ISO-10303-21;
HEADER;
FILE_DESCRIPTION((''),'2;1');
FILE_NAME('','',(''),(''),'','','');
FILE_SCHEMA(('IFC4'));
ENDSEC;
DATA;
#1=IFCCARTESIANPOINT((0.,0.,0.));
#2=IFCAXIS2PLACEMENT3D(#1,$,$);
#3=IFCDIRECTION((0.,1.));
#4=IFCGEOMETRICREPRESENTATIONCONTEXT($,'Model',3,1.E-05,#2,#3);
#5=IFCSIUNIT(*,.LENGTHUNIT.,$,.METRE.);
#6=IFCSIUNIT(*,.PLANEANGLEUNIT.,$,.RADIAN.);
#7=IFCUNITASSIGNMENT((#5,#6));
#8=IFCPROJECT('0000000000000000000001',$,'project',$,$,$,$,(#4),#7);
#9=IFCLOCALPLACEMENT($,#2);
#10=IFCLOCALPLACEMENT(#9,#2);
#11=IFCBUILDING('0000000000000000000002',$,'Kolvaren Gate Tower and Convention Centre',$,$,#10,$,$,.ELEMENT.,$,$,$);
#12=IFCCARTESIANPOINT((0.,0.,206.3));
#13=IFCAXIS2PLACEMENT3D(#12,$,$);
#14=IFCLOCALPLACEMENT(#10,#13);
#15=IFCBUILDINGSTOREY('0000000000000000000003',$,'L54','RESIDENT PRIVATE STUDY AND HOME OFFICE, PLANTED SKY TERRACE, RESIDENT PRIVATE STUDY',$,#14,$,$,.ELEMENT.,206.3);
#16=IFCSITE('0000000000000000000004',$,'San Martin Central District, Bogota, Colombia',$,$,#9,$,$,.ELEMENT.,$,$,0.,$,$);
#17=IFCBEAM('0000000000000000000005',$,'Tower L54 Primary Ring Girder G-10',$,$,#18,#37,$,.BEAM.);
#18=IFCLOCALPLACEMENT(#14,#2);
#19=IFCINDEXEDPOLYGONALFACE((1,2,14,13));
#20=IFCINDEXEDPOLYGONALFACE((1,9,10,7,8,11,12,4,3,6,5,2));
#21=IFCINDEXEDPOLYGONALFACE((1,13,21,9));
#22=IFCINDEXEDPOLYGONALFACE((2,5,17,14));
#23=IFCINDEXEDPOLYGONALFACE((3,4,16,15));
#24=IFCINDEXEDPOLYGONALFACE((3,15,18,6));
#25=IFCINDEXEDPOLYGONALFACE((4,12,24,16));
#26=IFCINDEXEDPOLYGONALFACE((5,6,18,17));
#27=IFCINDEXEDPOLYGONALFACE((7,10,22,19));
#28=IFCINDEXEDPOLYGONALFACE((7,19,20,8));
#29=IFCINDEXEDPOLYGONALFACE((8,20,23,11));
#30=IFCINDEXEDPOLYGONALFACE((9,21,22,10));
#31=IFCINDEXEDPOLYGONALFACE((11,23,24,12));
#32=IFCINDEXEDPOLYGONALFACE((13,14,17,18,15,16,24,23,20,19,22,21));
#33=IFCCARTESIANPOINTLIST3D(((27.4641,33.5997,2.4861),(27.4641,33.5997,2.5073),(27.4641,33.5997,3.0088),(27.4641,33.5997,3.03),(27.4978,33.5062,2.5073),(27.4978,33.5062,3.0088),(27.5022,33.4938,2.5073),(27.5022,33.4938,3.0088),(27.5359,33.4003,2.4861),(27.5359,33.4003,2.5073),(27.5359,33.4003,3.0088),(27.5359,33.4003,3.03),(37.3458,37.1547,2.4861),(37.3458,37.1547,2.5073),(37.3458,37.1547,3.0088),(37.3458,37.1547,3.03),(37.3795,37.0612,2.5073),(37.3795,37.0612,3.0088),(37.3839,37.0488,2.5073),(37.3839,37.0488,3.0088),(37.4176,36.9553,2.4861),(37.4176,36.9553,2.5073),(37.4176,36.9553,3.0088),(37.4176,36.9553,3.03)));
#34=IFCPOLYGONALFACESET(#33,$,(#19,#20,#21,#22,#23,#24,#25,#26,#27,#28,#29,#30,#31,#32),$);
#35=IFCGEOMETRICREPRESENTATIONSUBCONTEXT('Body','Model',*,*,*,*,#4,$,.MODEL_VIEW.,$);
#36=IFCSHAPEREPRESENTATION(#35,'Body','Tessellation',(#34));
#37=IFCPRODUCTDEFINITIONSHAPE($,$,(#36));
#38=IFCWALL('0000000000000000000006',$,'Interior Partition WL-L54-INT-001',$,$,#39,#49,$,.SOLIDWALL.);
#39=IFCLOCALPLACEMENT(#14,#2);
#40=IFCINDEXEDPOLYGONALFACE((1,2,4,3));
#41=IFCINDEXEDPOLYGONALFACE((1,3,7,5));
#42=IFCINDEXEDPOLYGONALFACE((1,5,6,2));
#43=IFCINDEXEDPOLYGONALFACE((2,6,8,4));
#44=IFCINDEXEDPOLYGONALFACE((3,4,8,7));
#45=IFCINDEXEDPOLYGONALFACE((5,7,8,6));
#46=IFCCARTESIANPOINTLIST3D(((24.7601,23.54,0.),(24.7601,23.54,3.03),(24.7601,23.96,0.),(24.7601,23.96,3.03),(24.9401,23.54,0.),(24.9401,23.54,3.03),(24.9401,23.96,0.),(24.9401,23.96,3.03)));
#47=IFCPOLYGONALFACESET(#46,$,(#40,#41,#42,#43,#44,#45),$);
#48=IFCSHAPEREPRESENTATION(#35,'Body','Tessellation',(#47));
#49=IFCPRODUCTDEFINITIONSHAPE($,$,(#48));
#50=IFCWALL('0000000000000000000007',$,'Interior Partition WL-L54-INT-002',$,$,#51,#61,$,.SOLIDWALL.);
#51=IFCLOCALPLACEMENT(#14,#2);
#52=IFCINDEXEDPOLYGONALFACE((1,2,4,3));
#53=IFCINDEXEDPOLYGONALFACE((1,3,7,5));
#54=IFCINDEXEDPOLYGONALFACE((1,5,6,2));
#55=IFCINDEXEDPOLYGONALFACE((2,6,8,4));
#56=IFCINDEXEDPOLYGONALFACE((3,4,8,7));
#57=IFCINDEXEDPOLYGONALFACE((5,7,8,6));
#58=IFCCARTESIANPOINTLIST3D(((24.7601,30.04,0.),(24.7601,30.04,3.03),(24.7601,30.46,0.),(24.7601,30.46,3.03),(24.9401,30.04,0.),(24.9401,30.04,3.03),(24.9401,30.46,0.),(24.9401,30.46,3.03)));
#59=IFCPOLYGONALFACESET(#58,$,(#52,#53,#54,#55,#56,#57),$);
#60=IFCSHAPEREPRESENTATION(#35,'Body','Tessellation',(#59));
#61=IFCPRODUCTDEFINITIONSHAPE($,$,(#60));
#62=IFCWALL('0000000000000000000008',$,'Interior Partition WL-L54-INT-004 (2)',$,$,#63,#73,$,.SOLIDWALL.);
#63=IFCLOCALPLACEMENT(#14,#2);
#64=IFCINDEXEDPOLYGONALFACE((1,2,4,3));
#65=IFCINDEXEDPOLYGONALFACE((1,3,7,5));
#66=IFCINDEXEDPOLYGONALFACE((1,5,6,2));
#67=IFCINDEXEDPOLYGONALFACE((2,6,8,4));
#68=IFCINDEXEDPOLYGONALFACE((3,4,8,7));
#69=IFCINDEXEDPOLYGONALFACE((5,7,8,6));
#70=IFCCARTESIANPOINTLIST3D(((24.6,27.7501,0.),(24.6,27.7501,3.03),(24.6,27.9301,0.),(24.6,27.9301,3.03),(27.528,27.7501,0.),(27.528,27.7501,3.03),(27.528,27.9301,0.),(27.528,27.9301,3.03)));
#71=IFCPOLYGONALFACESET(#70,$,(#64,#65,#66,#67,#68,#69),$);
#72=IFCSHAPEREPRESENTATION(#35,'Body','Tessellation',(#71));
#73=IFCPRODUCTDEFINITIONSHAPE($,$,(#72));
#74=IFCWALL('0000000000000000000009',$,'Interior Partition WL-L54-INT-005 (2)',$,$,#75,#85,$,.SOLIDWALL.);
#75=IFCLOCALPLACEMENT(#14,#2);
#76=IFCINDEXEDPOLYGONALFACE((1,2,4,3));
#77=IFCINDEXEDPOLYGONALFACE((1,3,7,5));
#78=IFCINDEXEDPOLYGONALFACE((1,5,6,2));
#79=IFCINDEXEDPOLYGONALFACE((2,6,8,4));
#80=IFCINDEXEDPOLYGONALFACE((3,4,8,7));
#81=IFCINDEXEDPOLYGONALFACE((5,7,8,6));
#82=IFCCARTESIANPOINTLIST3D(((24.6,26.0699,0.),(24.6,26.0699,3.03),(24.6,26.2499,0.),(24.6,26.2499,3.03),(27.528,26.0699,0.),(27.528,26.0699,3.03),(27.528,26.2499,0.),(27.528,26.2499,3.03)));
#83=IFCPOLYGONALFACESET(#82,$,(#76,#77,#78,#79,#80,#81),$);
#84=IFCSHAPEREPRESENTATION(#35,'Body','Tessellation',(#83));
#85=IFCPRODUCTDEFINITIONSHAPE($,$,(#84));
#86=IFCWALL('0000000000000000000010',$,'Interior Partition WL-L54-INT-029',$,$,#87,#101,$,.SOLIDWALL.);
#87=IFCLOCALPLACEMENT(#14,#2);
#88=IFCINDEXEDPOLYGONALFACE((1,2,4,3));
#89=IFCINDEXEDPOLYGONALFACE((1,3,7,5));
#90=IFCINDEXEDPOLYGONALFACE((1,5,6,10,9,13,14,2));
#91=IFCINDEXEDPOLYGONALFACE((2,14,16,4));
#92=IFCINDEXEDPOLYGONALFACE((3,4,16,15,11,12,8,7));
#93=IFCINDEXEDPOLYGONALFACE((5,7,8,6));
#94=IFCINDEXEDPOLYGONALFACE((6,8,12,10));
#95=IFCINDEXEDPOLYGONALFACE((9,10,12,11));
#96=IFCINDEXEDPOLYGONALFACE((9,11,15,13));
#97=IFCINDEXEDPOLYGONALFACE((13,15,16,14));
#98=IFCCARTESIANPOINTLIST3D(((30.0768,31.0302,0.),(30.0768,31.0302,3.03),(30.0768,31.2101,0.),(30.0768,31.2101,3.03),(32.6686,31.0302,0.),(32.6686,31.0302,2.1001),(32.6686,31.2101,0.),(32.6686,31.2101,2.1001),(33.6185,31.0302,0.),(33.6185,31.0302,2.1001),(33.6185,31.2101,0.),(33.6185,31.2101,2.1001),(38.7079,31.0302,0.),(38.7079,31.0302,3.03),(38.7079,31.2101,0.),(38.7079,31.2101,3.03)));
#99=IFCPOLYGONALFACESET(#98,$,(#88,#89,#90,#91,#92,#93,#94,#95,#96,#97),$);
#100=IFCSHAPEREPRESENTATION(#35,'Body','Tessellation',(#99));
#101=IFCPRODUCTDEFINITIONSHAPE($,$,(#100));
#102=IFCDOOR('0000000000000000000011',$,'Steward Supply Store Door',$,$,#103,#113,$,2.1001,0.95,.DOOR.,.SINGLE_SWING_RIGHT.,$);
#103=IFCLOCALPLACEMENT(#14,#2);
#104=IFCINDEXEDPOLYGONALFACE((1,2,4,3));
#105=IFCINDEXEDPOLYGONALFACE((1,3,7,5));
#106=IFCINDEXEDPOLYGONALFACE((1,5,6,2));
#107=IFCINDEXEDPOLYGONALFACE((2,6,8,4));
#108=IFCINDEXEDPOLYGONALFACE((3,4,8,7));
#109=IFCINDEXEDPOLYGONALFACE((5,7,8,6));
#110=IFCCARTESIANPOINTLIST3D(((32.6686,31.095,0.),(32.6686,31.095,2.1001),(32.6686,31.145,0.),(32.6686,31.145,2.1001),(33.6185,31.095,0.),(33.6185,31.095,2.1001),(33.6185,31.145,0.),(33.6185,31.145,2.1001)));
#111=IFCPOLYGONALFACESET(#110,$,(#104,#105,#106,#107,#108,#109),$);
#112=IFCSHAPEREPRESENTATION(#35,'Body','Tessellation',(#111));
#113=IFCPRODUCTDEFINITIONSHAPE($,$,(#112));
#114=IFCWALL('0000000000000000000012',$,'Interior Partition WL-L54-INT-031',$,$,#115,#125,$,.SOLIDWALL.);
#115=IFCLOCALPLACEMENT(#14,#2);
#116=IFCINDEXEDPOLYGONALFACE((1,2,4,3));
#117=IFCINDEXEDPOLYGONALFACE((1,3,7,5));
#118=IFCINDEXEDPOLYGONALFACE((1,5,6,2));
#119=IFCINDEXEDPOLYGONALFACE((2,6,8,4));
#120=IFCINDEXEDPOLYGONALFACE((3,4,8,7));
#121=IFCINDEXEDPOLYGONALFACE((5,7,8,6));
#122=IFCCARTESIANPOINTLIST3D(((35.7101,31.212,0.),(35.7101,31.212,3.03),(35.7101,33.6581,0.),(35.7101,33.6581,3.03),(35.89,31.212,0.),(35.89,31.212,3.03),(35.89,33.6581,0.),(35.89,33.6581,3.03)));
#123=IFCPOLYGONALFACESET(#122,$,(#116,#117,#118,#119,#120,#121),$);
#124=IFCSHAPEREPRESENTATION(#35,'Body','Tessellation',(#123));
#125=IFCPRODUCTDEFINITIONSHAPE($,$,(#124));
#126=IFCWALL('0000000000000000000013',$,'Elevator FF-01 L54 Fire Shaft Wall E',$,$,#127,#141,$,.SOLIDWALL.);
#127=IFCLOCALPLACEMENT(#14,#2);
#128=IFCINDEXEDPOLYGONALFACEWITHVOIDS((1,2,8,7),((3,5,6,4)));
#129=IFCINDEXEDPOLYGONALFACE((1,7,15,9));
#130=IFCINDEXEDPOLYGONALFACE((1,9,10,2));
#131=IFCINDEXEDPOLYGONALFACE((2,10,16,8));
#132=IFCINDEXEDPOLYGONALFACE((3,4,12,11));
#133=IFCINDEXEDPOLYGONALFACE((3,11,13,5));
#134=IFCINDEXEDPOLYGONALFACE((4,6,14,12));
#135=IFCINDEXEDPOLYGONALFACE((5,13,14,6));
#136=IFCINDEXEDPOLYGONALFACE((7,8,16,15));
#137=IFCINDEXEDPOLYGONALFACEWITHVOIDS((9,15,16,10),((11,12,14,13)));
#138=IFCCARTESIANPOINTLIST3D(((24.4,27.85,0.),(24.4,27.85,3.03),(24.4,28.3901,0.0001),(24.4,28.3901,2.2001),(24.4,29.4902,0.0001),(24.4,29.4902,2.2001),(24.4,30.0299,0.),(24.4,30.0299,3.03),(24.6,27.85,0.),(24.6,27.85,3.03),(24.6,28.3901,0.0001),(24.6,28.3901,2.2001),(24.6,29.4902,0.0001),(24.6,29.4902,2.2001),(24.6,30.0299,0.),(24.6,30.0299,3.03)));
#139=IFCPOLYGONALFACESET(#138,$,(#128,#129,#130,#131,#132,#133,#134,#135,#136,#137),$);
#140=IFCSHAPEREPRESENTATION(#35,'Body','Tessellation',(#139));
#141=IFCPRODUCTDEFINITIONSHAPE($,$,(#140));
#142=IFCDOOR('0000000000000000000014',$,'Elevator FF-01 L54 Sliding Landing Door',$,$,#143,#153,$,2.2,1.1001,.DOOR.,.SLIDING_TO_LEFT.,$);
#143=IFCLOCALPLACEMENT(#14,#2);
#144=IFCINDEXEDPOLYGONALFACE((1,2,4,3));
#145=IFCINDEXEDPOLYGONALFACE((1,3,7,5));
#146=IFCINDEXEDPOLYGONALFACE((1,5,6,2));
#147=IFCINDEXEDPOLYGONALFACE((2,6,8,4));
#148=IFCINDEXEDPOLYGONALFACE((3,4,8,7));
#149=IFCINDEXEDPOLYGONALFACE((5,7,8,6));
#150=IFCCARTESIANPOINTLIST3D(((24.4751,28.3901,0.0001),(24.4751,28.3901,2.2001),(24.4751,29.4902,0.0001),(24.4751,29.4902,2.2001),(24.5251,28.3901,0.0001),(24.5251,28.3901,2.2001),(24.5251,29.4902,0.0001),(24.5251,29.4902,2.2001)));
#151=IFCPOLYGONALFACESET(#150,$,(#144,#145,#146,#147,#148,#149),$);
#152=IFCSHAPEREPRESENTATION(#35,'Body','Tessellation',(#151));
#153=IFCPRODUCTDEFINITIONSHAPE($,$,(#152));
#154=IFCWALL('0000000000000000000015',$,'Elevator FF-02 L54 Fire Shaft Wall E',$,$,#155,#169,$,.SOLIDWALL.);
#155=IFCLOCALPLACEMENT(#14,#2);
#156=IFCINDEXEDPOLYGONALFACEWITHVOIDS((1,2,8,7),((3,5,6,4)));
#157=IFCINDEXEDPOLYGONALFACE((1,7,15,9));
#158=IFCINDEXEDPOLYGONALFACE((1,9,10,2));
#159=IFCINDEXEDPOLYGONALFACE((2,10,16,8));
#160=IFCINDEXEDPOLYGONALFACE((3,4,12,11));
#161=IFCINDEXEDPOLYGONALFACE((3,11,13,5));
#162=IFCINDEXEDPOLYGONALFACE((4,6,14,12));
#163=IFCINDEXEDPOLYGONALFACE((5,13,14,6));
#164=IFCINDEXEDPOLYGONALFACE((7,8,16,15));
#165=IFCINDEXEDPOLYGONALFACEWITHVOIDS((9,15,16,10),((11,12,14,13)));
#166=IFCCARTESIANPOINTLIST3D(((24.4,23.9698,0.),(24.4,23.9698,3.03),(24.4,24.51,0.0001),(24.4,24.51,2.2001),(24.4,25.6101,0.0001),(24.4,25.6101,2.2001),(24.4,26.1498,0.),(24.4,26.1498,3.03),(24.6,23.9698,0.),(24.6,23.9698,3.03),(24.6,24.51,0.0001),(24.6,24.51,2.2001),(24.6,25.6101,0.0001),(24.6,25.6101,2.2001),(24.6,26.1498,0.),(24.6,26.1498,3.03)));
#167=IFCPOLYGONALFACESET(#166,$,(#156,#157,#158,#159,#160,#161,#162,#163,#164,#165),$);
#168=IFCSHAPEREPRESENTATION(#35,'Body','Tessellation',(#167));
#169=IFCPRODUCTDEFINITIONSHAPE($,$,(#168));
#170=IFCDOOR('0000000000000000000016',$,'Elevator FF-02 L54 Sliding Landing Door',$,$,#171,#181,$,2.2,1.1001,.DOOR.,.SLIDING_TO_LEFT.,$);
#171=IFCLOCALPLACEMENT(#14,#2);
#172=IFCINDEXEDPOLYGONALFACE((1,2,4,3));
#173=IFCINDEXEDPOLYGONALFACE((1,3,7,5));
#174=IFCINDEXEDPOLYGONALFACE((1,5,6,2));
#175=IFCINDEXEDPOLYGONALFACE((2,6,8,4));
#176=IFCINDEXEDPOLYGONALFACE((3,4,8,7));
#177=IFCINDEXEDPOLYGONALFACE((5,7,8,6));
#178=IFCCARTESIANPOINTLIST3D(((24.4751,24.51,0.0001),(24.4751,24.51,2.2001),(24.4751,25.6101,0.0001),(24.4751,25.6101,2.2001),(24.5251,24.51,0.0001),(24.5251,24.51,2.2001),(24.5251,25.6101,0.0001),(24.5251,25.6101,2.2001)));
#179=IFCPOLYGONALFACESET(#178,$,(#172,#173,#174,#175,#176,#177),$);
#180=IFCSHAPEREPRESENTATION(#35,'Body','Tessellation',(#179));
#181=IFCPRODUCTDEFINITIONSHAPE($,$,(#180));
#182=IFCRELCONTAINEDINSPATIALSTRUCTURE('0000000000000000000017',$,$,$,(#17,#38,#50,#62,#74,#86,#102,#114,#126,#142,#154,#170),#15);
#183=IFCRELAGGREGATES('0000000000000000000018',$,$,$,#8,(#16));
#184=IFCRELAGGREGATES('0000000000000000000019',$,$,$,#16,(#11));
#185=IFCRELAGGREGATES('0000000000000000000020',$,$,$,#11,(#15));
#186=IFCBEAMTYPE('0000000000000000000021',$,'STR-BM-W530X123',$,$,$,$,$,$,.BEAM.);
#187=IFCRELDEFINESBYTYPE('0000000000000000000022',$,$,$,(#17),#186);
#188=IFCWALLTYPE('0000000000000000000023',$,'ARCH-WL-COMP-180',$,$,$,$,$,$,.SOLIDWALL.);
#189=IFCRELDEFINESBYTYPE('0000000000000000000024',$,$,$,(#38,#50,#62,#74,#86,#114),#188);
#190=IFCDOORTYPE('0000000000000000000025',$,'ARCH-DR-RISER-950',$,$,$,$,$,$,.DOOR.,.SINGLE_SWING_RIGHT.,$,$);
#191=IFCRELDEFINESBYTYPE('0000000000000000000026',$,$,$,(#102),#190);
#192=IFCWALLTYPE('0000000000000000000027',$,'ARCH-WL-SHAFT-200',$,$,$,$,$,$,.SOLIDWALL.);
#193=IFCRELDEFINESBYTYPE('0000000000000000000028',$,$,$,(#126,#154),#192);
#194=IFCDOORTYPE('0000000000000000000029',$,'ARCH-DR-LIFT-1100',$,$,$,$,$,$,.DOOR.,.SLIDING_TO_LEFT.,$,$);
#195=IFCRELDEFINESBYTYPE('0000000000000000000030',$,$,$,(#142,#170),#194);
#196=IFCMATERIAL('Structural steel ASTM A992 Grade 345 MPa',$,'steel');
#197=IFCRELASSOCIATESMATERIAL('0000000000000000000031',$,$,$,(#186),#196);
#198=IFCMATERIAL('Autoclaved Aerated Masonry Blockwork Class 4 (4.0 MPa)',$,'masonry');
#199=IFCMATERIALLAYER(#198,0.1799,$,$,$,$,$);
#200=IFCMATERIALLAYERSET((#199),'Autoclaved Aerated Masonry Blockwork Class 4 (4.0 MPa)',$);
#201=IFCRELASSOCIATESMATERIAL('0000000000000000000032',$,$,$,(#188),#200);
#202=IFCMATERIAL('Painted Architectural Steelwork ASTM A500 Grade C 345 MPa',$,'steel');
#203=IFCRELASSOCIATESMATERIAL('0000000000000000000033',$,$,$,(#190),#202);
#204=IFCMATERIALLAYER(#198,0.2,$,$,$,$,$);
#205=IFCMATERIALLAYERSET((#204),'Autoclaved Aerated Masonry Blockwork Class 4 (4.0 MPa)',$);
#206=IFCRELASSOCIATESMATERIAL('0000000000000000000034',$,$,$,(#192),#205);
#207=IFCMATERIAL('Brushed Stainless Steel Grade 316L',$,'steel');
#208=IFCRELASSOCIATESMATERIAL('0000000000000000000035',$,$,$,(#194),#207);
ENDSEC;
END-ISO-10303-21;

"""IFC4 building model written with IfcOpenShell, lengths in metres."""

from ifc_helpers import new_model, si_unit, direction, frame, frame_2d, origin, origin_2d, place, context, subcontext, project, spatial, rectangle, i_section, extrude, material, layer, layer_set, material_profile, profile_set, type_object, element, fill, save


model = new_model("IFC4")

# Units and contexts
model_context = context("Model", 3, precision=1e-05, world=origin(), true_north=direction((0.0, 1.0)))
body_context = subcontext(model_context, "Body", "Model", "MODEL_VIEW")
ifc_project = project(units=[si_unit("LENGTHUNIT", "METRE"), si_unit("PLANEANGLEUNIT", "RADIAN")], contexts=[model_context])

# Site, building, storey
site_placement = place(None, origin())
site = spatial("IfcSite", under=ifc_project, at=site_placement, Name="San Martin Central District, Bogota, Colombia", CompositionType="ELEMENT", RefElevation=0.0)
building_placement = place(site_placement, origin())
building = spatial("IfcBuilding", under=site, at=building_placement, Name="Kolvaren Gate Tower and Convention Centre", CompositionType="ELEMENT")
storey_placement = place(building_placement, frame((0.0, 0.0, 206.3)))
storey = spatial("IfcBuildingStorey", under=building, at=storey_placement, Name="L54", Description="RESIDENT PRIVATE STUDY AND HOME OFFICE, PLANTED SKY TERRACE, RESIDENT PRIVATE STUDY", CompositionType="ELEMENT", Elevation=206.3)

# Beam
ifc_material_1 = material(Name="Structural steel ASTM A992 Grade 345 MPa", Category="steel")
ifc_material_profile = material_profile(ifc_material_1, i_section(OverallWidth=0.2119, OverallDepth=0.5439, WebThickness=0.0132, FlangeThickness=0.0212, at=origin_2d()), Name="W530X123")
ifc_profile_set = profile_set([ifc_material_profile], Name="Structural steel ASTM A992 Grade 345 MPa")
beam_type = type_object("IfcBeamType", Name="STR-BM-W530X123", PredefinedType="BEAM", material=ifc_profile_set)
beam_placement = place(storey_placement, frame((27.5, 33.5, 2.7581), z_axis=(0.940961, 0.338514, 0.0), x_axis=(-0.338514, 0.940961, 0.0)))
element("IfcBeam", 1, at=beam_placement, inside=storey, type_object=beam_type, Name="Tower L54 Primary Ring Girder G-10", PredefinedType="BEAM", context=body_context, shape_type="SweptSolid", body=[
    extrude(i_section(OverallWidth=0.2119, OverallDepth=0.5439, WebThickness=0.0132, FlangeThickness=0.0212, at=origin_2d()), origin(), (0.0, 0.0, 1.0), 10.5017),
])

# Walls
ifc_material_2 = material(Name="Autoclaved Aerated Masonry Blockwork Class 4 (4.0 MPa)", Category="masonry")
ifc_layer_1 = layer(ifc_material_2, 0.1799)
ifc_layer_set_1 = layer_set([ifc_layer_1], Name="Autoclaved Aerated Masonry Blockwork Class 4 (4.0 MPa)")
wall_type_1 = type_object("IfcWallType", Name="ARCH-WL-COMP-180", PredefinedType="SOLIDWALL", material=ifc_layer_set_1)
for number, where, z_axis, x_axis, name in (
    (2, (24.8501, 23.54, 0.0), (0.0, 0.0, 1.0), (0.0, 1.0, 0.0), "Interior Partition WL-L54-INT-001"),
    (3, (24.8501, 30.04, 0.0), (0.0, 0.0, 1.0), (0.0, 1.0, 0.0), "Interior Partition WL-L54-INT-002"),
):
    element("IfcWall", number, at=place(storey_placement, frame(where, z_axis=z_axis, x_axis=x_axis)), inside=storey, type_object=wall_type_1, Name=name, PredefinedType="SOLIDWALL", context=body_context, shape_type="SweptSolid", body=[
        extrude(rectangle(XDim=0.4199, YDim=0.1799, at=frame_2d((0.21, 0.0))), origin(), (0.0, 0.0, 1.0), 3.03),
    ])
for number, where, z_axis, x_axis, name in (
    (4, (24.6001, 27.8401, 0.0), (0.0, 0.0, 1.0), (1.0, 0.0, 0.0), "Interior Partition WL-L54-INT-004 (2)"),
    (5, (24.6001, 26.1599, 0.0), (0.0, 0.0, 1.0), (1.0, 0.0, 0.0), "Interior Partition WL-L54-INT-005 (2)"),
):
    element("IfcWall", number, at=place(storey_placement, frame(where, z_axis=z_axis, x_axis=x_axis)), inside=storey, type_object=wall_type_1, Name=name, PredefinedType="SOLIDWALL", context=body_context, shape_type="SweptSolid", body=[
        extrude(rectangle(XDim=2.928, YDim=0.1799, at=frame_2d((1.4639, 0.0))), origin(), (0.0, 0.0, 1.0), 3.03),
    ])

# Wall, opening, door
wall_1_placement = place(storey_placement, frame((30.0769, 31.1201, 0.0), z_axis=(0.0, 0.0, 1.0), x_axis=(1.0, 0.0, 0.0)))
wall_1 = element("IfcWall", 6, at=wall_1_placement, inside=storey, type_object=wall_type_1, Name="Interior Partition WL-L54-INT-029", PredefinedType="SOLIDWALL", context=body_context, shape_type="SweptSolid", body=[
    extrude(rectangle(XDim=8.6311, YDim=0.1799, at=frame_2d((4.3154, 0.0))), origin(), (0.0, 0.0, 1.0), 3.03),
])
opening_1_placement = place(wall_1_placement, frame((2.5916, 0.0, 0.0)))
opening_1 = element("IfcOpeningElement", 7, at=opening_1_placement, cuts=wall_1, PredefinedType="OPENING", context=body_context, shape_type="SweptSolid", body=[
    extrude(rectangle(XDim=0.95, YDim=2.1001, at=frame_2d((0.4751, 1.05))), frame((0.0, 0.0999, 0.0), z_axis=(0.0, -1.0, 0.0), x_axis=(1.0, 0.0, 0.0)), (0.0, 0.0, 1.0), 0.2),
])
ifc_material_3 = material(Name="Painted Architectural Steelwork ASTM A500 Grade C 345 MPa", Category="steel")
door_type_1 = type_object("IfcDoorType", Name="ARCH-DR-RISER-950", OperationType="SINGLE_SWING_RIGHT", PredefinedType="DOOR", material=ifc_material_3)
door_1_placement = place(opening_1_placement, origin())
door_1 = element("IfcDoor", 8, at=door_1_placement, inside=storey, type_object=door_type_1, Name="Steward Supply Store Door", OperationType="SINGLE_SWING_RIGHT", OverallHeight=2.1001, OverallWidth=0.95, PredefinedType="DOOR", context=body_context, shape_type="SweptSolid", body=[
    extrude(rectangle(XDim=0.95, YDim=2.1001, at=frame_2d((0.4751, 1.05))), frame((0.0, 0.0249, 0.0), z_axis=(0.0, -1.0, 0.0), x_axis=(1.0, 0.0, 0.0)), (0.0, 0.0, 1.0), 0.05),
])
fill(opening_1, door_1)

# Wall
wall_2_placement = place(storey_placement, frame((35.8, 31.2119, 0.0), z_axis=(0.0, 0.0, 1.0), x_axis=(0.0, 1.0, 0.0)))
element("IfcWall", 9, at=wall_2_placement, inside=storey, type_object=wall_type_1, Name="Interior Partition WL-L54-INT-031", PredefinedType="SOLIDWALL", context=body_context, shape_type="SweptSolid", body=[
    extrude(rectangle(XDim=2.446, YDim=0.1799, at=frame_2d((1.2231, 0.0))), origin(), (0.0, 0.0, 1.0), 3.03),
])

# Walls, openings, doors
ifc_layer_2 = layer(ifc_material_2, 0.2)
ifc_layer_set_2 = layer_set([ifc_layer_2], Name="Autoclaved Aerated Masonry Blockwork Class 4 (4.0 MPa)")
wall_type_2 = type_object("IfcWallType", Name="ARCH-WL-SHAFT-200", PredefinedType="SOLIDWALL", material=ifc_layer_set_2)
wall_3_placement = place(storey_placement, frame((24.5, 27.8501, 0.0), z_axis=(0.0, 0.0, 1.0), x_axis=(0.0, 1.0, 0.0)))
wall_3 = element("IfcWall", 10, at=wall_3_placement, inside=storey, type_object=wall_type_2, Name="Elevator FF-01 L54 Fire Shaft Wall E", PredefinedType="SOLIDWALL", context=body_context, shape_type="SweptSolid", body=[
    extrude(rectangle(XDim=2.1799, YDim=0.2, at=frame_2d((1.0898, 0.0))), origin(), (0.0, 0.0, 1.0), 3.03),
])
opening_2_placement = place(wall_3_placement, frame((0.54, 0.0, 0.0)))
opening_2 = element("IfcOpeningElement", 11, at=opening_2_placement, cuts=wall_3, PredefinedType="OPENING", context=body_context, shape_type="SweptSolid", body=[
    extrude(rectangle(XDim=1.1001, YDim=2.2, at=frame_2d((0.55, 1.1001))), frame((0.0, 0.1099, 0.0), z_axis=(0.0, -1.0, 0.0), x_axis=(1.0, 0.0, 0.0)), (0.0, 0.0, 1.0), 0.22),
])
ifc_material_4 = material(Name="Brushed Stainless Steel Grade 316L", Category="steel")
door_type_2 = type_object("IfcDoorType", Name="ARCH-DR-LIFT-1100", OperationType="SLIDING_TO_LEFT", PredefinedType="DOOR", material=ifc_material_4)
door_2_placement = place(opening_2_placement, origin())
door_2 = element("IfcDoor", 12, at=door_2_placement, inside=storey, type_object=door_type_2, Name="Elevator FF-01 L54 Sliding Landing Door", OperationType="SLIDING_TO_LEFT", OverallHeight=2.2, OverallWidth=1.1001, PredefinedType="DOOR", context=body_context, shape_type="SweptSolid", body=[
    extrude(rectangle(XDim=1.1001, YDim=2.2, at=frame_2d((0.55, 1.1001))), frame((0.0, 0.0249, 0.0), z_axis=(0.0, -1.0, 0.0), x_axis=(1.0, 0.0, 0.0)), (0.0, 0.0, 1.0), 0.05),
])
fill(opening_2, door_2)
wall_4_placement = place(storey_placement, frame((24.5, 23.97, 0.0), z_axis=(0.0, 0.0, 1.0), x_axis=(0.0, 1.0, 0.0)))
wall_4 = element("IfcWall", 13, at=wall_4_placement, inside=storey, type_object=wall_type_2, Name="Elevator FF-02 L54 Fire Shaft Wall E", PredefinedType="SOLIDWALL", context=body_context, shape_type="SweptSolid", body=[
    extrude(rectangle(XDim=2.1799, YDim=0.2, at=frame_2d((1.0898, 0.0))), origin(), (0.0, 0.0, 1.0), 3.03),
])
opening_3_placement = place(wall_4_placement, frame((0.54, 0.0, 0.0)))
opening_3 = element("IfcOpeningElement", 14, at=opening_3_placement, cuts=wall_4, PredefinedType="OPENING", context=body_context, shape_type="SweptSolid", body=[
    extrude(rectangle(XDim=1.1001, YDim=2.2, at=frame_2d((0.55, 1.1001))), frame((0.0, 0.1099, 0.0), z_axis=(0.0, -1.0, 0.0), x_axis=(1.0, 0.0, 0.0)), (0.0, 0.0, 1.0), 0.22),
])
door_3_placement = place(opening_3_placement, origin())
door_3 = element("IfcDoor", 15, at=door_3_placement, inside=storey, type_object=door_type_2, Name="Elevator FF-02 L54 Sliding Landing Door", OperationType="SLIDING_TO_LEFT", OverallHeight=2.2, OverallWidth=1.1001, PredefinedType="DOOR", context=body_context, shape_type="SweptSolid", body=[
    extrude(rectangle(XDim=1.1001, YDim=2.2, at=frame_2d((0.55, 1.1001))), frame((0.0, 0.0249, 0.0), z_axis=(0.0, -1.0, 0.0), x_axis=(1.0, 0.0, 0.0)), (0.0, 0.0, 1.0), 0.05),
])
fill(opening_3, door_3)

save(model, "model.ifc")
